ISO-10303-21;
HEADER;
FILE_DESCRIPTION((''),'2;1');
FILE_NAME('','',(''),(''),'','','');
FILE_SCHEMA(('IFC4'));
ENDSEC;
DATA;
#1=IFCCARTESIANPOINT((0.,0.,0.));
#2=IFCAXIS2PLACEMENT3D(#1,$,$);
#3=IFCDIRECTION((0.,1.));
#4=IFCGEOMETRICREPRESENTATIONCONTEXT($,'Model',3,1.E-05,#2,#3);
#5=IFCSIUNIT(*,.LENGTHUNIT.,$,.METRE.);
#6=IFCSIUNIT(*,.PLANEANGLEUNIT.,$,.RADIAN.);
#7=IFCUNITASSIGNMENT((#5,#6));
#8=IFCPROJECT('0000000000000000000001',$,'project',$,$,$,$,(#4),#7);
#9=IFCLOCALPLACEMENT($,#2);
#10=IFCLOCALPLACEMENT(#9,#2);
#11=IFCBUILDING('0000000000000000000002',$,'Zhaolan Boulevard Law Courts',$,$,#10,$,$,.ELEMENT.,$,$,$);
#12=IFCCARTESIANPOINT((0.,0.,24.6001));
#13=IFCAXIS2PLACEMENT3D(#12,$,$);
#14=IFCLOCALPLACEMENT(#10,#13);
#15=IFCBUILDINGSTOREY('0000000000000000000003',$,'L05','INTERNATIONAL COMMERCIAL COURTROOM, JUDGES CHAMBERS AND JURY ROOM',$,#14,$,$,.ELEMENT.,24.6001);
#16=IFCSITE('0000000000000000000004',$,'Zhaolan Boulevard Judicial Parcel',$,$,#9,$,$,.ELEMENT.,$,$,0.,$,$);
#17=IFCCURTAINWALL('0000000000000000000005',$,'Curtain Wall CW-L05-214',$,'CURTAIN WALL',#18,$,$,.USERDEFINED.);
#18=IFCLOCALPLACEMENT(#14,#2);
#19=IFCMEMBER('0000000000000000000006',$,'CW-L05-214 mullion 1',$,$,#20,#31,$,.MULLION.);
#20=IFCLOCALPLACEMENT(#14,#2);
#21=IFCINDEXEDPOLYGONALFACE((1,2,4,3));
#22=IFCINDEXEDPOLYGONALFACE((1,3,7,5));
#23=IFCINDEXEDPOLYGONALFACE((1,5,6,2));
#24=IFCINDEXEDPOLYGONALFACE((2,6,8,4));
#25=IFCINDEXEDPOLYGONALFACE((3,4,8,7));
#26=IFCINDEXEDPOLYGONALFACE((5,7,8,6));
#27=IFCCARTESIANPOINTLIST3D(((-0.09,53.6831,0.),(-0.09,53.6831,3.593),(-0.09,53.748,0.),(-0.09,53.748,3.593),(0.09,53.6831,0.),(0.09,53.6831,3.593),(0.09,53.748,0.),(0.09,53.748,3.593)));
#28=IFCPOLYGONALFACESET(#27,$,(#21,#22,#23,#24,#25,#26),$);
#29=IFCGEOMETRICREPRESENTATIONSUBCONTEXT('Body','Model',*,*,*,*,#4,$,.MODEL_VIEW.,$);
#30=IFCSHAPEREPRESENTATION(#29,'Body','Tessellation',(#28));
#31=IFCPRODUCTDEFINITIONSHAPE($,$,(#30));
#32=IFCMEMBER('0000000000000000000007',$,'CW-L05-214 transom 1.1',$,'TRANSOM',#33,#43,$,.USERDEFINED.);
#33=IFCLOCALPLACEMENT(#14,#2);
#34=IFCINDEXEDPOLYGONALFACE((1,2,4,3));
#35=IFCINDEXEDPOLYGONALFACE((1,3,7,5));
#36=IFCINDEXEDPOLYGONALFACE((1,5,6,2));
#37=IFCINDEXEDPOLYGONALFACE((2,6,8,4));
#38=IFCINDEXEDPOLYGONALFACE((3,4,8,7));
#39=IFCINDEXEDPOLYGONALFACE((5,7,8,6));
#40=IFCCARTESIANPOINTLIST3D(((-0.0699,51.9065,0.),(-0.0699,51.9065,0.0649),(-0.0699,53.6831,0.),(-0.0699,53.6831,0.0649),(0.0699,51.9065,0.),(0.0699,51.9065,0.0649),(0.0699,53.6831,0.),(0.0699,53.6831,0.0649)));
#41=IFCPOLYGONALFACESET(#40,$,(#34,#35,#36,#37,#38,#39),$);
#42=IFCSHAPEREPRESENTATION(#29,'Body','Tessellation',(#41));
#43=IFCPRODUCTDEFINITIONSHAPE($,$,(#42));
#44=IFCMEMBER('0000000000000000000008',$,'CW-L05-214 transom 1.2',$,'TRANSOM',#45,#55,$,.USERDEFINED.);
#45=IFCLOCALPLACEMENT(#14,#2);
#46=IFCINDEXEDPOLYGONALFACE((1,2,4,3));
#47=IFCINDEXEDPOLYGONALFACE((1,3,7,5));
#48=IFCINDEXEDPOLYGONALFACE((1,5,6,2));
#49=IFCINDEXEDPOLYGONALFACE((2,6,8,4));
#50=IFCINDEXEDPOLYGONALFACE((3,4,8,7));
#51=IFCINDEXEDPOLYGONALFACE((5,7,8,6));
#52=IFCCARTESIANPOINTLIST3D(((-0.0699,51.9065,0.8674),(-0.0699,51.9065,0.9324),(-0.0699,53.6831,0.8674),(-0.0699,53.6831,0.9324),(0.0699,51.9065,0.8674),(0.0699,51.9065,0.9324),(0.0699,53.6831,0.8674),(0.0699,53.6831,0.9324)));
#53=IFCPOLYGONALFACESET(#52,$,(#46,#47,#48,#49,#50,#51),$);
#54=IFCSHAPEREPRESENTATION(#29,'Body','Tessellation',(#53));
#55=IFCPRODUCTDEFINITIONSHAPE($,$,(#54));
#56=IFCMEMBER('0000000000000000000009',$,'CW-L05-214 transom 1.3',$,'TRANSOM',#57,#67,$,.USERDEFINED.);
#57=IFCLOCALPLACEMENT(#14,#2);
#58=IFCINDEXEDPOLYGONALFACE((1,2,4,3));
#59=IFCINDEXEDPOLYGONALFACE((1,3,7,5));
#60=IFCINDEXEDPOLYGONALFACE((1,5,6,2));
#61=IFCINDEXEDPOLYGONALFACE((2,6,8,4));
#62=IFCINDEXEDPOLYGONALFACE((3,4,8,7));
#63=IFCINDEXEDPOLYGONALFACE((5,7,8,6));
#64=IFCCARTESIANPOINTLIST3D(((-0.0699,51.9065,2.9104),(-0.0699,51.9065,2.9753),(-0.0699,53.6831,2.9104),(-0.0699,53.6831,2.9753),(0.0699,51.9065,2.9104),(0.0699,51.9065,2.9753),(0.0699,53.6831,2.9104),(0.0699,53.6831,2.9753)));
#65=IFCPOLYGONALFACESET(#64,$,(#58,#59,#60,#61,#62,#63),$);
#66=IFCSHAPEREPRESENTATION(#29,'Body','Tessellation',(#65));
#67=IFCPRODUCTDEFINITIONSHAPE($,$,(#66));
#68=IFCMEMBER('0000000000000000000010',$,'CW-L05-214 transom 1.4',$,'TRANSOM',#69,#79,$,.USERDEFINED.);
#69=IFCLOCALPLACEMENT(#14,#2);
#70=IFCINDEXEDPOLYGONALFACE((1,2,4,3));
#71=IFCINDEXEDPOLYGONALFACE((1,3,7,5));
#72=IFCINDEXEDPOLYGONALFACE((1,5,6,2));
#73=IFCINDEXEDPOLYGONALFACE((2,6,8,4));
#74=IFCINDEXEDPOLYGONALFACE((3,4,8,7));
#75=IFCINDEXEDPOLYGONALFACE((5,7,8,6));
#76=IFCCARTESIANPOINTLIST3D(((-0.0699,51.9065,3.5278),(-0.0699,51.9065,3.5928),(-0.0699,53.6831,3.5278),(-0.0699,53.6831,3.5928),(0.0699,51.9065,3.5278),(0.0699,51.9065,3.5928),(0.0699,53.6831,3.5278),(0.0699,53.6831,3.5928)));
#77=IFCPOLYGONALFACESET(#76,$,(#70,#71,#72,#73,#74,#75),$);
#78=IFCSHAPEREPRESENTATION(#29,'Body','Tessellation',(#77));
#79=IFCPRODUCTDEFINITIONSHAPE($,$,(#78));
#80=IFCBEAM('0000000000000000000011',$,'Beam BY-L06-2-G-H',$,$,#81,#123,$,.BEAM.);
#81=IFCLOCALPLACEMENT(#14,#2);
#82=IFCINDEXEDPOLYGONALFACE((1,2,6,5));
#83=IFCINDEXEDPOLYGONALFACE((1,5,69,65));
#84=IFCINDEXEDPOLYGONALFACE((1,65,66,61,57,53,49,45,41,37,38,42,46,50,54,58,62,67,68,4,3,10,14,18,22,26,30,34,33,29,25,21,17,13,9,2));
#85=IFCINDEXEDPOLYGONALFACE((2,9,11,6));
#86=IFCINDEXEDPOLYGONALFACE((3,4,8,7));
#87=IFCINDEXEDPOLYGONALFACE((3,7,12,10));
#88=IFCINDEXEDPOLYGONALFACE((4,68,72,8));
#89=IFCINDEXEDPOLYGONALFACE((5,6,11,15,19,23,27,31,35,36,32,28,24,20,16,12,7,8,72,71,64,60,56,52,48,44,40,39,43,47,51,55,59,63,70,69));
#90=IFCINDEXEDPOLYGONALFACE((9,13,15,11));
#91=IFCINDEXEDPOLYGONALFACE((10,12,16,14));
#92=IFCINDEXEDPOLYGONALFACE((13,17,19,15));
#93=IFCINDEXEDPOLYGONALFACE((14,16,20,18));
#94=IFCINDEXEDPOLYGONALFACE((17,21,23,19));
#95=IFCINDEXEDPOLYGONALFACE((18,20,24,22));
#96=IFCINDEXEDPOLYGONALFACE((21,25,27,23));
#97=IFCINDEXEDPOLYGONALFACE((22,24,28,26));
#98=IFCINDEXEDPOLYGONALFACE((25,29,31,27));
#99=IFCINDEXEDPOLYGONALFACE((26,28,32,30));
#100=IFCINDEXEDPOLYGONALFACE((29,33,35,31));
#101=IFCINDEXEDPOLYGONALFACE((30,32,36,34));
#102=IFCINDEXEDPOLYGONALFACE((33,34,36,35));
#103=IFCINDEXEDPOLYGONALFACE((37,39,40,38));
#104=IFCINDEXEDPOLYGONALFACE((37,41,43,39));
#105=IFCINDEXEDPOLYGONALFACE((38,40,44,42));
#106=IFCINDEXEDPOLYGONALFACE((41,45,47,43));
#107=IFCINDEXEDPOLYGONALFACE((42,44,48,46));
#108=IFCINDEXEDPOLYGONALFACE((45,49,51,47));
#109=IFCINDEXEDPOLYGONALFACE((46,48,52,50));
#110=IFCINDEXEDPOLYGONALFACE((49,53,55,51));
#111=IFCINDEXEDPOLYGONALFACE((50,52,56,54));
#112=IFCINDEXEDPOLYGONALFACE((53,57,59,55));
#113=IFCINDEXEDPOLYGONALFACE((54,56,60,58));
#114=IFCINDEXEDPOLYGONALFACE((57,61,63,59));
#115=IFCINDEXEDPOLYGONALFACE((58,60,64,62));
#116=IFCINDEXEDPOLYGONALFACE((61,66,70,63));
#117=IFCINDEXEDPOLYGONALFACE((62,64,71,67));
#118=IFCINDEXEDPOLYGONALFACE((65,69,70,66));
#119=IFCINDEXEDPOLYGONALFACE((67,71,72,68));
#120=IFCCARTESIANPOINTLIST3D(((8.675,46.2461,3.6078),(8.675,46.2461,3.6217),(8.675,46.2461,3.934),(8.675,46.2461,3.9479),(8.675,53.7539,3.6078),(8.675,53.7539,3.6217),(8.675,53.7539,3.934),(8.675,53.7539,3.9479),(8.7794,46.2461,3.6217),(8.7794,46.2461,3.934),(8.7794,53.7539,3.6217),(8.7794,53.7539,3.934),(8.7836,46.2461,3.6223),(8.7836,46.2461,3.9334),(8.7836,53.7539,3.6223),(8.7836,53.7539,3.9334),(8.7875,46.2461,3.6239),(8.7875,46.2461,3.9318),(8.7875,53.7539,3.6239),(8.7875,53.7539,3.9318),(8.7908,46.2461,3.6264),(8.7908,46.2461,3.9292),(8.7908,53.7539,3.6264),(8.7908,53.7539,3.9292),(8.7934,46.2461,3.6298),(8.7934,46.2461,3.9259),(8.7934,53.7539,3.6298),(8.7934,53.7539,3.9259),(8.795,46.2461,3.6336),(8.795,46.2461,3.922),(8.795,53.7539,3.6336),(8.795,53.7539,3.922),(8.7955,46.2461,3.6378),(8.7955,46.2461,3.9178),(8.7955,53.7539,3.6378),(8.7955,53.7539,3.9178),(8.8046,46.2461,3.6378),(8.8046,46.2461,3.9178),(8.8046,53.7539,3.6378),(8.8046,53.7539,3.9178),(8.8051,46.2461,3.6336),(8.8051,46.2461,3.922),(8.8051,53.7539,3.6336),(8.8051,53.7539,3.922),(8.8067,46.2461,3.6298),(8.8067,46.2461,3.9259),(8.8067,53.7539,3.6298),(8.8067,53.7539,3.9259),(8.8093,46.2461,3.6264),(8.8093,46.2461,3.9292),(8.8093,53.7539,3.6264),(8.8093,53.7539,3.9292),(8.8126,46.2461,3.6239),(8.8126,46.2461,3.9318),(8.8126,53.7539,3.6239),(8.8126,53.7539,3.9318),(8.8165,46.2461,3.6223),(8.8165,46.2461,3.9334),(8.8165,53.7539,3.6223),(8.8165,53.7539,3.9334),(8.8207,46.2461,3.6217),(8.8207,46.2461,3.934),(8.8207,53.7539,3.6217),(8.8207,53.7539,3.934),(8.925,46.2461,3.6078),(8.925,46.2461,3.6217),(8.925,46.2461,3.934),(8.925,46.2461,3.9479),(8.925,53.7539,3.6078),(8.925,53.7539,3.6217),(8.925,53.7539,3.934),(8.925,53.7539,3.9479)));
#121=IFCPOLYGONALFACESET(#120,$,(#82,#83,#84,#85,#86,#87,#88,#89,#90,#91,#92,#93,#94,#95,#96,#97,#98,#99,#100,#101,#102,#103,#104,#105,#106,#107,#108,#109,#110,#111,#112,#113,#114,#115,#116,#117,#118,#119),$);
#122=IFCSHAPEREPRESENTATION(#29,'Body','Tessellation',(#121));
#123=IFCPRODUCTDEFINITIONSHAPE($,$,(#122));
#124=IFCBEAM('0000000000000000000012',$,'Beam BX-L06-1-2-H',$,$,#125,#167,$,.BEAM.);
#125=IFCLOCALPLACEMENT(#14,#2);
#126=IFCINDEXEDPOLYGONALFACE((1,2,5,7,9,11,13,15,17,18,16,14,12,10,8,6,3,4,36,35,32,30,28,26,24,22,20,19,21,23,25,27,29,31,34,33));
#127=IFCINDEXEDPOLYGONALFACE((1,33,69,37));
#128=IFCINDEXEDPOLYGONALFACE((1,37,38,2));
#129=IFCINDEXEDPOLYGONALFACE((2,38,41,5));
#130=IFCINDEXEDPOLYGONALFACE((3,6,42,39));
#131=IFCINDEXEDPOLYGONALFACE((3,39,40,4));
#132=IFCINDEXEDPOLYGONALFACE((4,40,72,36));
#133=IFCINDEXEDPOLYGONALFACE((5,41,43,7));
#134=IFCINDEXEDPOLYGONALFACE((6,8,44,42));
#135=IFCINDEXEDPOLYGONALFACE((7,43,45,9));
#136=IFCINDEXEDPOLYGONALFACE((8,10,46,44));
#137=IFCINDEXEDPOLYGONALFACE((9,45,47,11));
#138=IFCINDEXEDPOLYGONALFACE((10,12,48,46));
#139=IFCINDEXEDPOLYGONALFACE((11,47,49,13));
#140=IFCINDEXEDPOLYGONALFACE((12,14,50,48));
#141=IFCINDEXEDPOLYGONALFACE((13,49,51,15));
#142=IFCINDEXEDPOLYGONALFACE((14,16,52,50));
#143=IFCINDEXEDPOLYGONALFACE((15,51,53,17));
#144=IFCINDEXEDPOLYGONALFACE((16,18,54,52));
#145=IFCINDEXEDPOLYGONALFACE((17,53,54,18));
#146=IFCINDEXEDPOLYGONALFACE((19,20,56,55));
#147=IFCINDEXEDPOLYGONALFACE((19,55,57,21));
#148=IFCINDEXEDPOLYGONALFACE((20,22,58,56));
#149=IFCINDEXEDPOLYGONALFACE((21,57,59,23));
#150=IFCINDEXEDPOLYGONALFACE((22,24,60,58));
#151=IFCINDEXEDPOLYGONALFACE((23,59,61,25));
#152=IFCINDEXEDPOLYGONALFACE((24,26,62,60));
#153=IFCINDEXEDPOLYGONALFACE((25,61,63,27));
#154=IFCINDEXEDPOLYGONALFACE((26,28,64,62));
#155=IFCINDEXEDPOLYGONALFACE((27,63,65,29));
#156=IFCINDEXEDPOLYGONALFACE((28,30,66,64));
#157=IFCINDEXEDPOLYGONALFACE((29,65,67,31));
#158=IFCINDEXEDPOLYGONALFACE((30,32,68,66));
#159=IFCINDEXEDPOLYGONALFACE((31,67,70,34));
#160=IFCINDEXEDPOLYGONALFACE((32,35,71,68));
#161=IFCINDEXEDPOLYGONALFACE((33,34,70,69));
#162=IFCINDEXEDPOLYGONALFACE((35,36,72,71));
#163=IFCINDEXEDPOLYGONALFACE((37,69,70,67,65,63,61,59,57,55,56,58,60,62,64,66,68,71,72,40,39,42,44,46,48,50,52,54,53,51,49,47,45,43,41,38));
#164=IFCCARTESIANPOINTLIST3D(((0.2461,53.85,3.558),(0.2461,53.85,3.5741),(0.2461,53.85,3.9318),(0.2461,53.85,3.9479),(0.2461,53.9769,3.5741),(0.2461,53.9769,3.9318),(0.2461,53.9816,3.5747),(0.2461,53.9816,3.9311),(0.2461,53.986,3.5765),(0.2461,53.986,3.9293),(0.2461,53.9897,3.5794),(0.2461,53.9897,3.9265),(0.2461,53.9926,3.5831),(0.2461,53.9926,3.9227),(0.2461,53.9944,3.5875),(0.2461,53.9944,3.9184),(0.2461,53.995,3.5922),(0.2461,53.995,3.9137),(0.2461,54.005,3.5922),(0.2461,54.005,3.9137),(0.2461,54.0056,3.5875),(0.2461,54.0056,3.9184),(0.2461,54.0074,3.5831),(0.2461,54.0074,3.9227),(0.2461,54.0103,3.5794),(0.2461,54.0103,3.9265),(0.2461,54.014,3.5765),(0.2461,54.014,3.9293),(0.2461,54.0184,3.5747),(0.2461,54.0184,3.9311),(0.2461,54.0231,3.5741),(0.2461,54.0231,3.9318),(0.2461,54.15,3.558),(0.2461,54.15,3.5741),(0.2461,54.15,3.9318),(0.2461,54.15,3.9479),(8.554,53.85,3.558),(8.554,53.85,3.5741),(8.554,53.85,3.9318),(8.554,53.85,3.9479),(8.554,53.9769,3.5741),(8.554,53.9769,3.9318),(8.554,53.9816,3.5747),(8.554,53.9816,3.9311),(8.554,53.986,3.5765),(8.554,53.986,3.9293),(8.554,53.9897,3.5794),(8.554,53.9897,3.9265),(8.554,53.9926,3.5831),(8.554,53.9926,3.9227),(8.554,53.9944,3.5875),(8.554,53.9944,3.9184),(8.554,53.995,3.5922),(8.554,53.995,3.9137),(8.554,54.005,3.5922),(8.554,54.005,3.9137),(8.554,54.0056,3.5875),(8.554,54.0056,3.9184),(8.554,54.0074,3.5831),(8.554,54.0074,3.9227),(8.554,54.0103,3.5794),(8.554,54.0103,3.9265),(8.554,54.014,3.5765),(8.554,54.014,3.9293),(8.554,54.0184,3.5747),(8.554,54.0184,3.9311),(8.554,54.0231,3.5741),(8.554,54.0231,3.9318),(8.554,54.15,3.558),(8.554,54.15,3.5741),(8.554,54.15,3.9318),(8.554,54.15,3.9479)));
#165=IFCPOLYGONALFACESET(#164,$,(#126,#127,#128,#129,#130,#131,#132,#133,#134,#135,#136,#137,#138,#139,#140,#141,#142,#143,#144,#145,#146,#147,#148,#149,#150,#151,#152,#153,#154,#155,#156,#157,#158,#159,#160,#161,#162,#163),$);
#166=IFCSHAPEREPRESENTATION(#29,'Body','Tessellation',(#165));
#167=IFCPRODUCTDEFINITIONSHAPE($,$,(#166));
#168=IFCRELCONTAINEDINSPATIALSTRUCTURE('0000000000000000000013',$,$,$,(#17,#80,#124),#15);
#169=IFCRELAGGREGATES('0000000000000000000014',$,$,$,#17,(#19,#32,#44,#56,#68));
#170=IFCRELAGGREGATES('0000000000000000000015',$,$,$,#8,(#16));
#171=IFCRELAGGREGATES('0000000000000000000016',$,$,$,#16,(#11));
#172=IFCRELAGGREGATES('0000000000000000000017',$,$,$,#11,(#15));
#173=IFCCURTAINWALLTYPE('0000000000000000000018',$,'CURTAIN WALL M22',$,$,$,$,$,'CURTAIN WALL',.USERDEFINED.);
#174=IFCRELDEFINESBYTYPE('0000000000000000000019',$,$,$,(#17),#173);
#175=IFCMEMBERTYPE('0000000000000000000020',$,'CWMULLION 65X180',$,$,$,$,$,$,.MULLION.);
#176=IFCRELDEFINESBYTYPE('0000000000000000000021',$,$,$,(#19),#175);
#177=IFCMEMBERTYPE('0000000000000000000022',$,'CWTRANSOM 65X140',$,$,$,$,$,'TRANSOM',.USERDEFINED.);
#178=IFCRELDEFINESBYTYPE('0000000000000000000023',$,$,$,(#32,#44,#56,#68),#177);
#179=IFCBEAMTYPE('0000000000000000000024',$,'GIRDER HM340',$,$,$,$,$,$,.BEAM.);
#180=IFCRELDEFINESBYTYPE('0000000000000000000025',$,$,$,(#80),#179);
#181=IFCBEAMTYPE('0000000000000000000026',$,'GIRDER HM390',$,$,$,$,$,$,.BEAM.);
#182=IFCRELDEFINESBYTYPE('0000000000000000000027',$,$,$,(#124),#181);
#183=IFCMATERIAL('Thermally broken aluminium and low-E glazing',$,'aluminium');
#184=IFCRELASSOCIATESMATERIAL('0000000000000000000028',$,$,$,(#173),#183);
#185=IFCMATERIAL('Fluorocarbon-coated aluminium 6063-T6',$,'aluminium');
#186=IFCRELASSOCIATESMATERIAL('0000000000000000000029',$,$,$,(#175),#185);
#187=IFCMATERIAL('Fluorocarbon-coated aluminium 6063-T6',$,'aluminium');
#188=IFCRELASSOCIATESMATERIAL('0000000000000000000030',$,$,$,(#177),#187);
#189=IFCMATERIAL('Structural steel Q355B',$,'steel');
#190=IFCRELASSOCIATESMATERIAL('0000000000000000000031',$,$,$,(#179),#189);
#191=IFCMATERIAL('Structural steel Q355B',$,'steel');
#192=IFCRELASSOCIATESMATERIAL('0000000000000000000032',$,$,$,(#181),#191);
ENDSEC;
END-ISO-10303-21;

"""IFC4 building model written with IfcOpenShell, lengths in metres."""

from ifc_helpers import new_model, si_unit, direction, frame, origin, origin_2d, place, context, subcontext, project, spatial, rectangle, i_section, extrude, material, material_profile, profile_set, type_object, element, aggregate, save


model = new_model("IFC4")

# Units and contexts
model_context = context("Model", 3, precision=1e-05, world=origin(), true_north=direction((0.0, 1.0)))
body_context = subcontext(model_context, "Body", "Model", "MODEL_VIEW")
ifc_project = project(units=[si_unit("LENGTHUNIT", "METRE"), si_unit("PLANEANGLEUNIT", "RADIAN")], contexts=[model_context])

# Site, building, storey
site_placement = place(None, origin())
site = spatial("IfcSite", under=ifc_project, at=site_placement, Name="Zhaolan Boulevard Judicial Parcel", CompositionType="ELEMENT", RefElevation=0.0)
building_placement = place(site_placement, origin())
building = spatial("IfcBuilding", under=site, at=building_placement, Name="Zhaolan Boulevard Law Courts", CompositionType="ELEMENT")
storey_placement = place(building_placement, frame((0.0, 0.0, 24.6001)))
storey = spatial("IfcBuildingStorey", under=building, at=storey_placement, Name="L05", Description="INTERNATIONAL COMMERCIAL COURTROOM, JUDGES CHAMBERS AND JURY ROOM", CompositionType="ELEMENT", Elevation=24.6001)

# Curtain wall, members
ifc_material_1 = material(Name="Thermally broken aluminium and low-E glazing", Category="aluminium")
curtain_wall_type = type_object("IfcCurtainWallType", Name="CURTAIN WALL M22", ElementType="CURTAIN WALL", PredefinedType="USERDEFINED", material=ifc_material_1)
curtain_wall_placement = place(storey_placement, origin())
curtain_wall = element("IfcCurtainWall", 1, at=curtain_wall_placement, inside=storey, type_object=curtain_wall_type, Name="Curtain Wall CW-L05-214", ObjectType="CURTAIN WALL", PredefinedType="USERDEFINED")
ifc_material_2 = material(Name="Fluorocarbon-coated aluminium 6063-T6", Category="aluminium")
ifc_material_profile_1 = material_profile(ifc_material_2, rectangle(XDim=0.1799, YDim=0.0649, at=origin_2d()), Name="AL65x180")
ifc_profile_set_1 = profile_set([ifc_material_profile_1], Name="Fluorocarbon-coated aluminium 6063-T6")
member_type_1 = type_object("IfcMemberType", Name="CWMULLION 65X180", PredefinedType="MULLION", material=ifc_profile_set_1)
member_1_placement = place(storey_placement, frame((0.0, 53.7156, 0.0), z_axis=(0.0, 0.0, 1.0), x_axis=(1.0, 0.0, 0.0)))
member_1 = element("IfcMember", 2, at=member_1_placement, type_object=member_type_1, Name="CW-L05-214 mullion 1", PredefinedType="MULLION", context=body_context, shape_type="SweptSolid", body=[
    extrude(rectangle(XDim=0.1799, YDim=0.0649, at=origin_2d()), origin(), (0.0, 0.0, 1.0), 3.593),
])
ifc_material_3 = material(Name="Fluorocarbon-coated aluminium 6063-T6", Category="aluminium")
ifc_material_profile_2 = material_profile(ifc_material_3, rectangle(XDim=0.1399, YDim=0.0649, at=origin_2d()), Name="AL65x140")
ifc_profile_set_2 = profile_set([ifc_material_profile_2], Name="Fluorocarbon-coated aluminium 6063-T6")
member_type_2 = type_object("IfcMemberType", Name="CWTRANSOM 65X140", ElementType="TRANSOM", PredefinedType="USERDEFINED", material=ifc_profile_set_2)
member_2_placement = place(storey_placement, frame((0.0, 53.6831, 0.0325), z_axis=(0.0, -1.0, 0.0), x_axis=(1.0, 0.0, 0.0)))
member_2 = element("IfcMember", 3, at=member_2_placement, type_object=member_type_2, Name="CW-L05-214 transom 1.1", ObjectType="TRANSOM", PredefinedType="USERDEFINED", context=body_context, shape_type="SweptSolid", body=[
    extrude(rectangle(XDim=0.1399, YDim=0.0649, at=origin_2d()), origin(), (0.0, 0.0, 1.0), 1.7766),
])
member_3_placement = place(storey_placement, frame((0.0, 53.6831, 0.8999), z_axis=(0.0, -1.0, 0.0), x_axis=(1.0, 0.0, 0.0)))
member_3 = element("IfcMember", 4, at=member_3_placement, type_object=member_type_2, Name="CW-L05-214 transom 1.2", ObjectType="TRANSOM", PredefinedType="USERDEFINED", context=body_context, shape_type="SweptSolid", body=[
    extrude(rectangle(XDim=0.1399, YDim=0.0649, at=origin_2d()), origin(), (0.0, 0.0, 1.0), 1.7766),
])
member_4_placement = place(storey_placement, frame((0.0, 53.6831, 2.9429), z_axis=(0.0, -1.0, 0.0), x_axis=(1.0, 0.0, 0.0)))
member_4 = element("IfcMember", 5, at=member_4_placement, type_object=member_type_2, Name="CW-L05-214 transom 1.3", ObjectType="TRANSOM", PredefinedType="USERDEFINED", context=body_context, shape_type="SweptSolid", body=[
    extrude(rectangle(XDim=0.1399, YDim=0.0649, at=origin_2d()), origin(), (0.0, 0.0, 1.0), 1.7766),
])
member_5_placement = place(storey_placement, frame((0.0, 53.6831, 3.5603), z_axis=(0.0, -1.0, 0.0), x_axis=(1.0, 0.0, 0.0)))
member_5 = element("IfcMember", 6, at=member_5_placement, type_object=member_type_2, Name="CW-L05-214 transom 1.4", ObjectType="TRANSOM", PredefinedType="USERDEFINED", context=body_context, shape_type="SweptSolid", body=[
    extrude(rectangle(XDim=0.1399, YDim=0.0649, at=origin_2d()), origin(), (0.0, 0.0, 1.0), 1.7766),
])

# Beams
ifc_material_4 = material(Name="Structural steel Q355B", Category="steel")
ifc_material_profile_3 = material_profile(ifc_material_4, i_section(OverallWidth=0.25, OverallDepth=0.3401, WebThickness=0.009, FlangeThickness=0.0139, FilletRadius=0.0161, at=origin_2d()), Name="HM340x250")
ifc_profile_set_3 = profile_set([ifc_material_profile_3], Name="Structural steel Q355B")
beam_type_1 = type_object("IfcBeamType", Name="GIRDER HM340", PredefinedType="BEAM", material=ifc_profile_set_3)
beam_1_placement = place(storey_placement, frame((8.8, 46.2461, 3.7778), z_axis=(0.0, 1.0, 0.0), x_axis=(-1.0, 0.0, 0.0)))
element("IfcBeam", 7, at=beam_1_placement, inside=storey, type_object=beam_type_1, Name="Beam BY-L06-2-G-H", PredefinedType="BEAM", context=body_context, shape_type="SweptSolid", body=[
    extrude(i_section(OverallWidth=0.25, OverallDepth=0.3401, WebThickness=0.009, FlangeThickness=0.0139, FilletRadius=0.0161, at=origin_2d()), origin(), (0.0, 0.0, 1.0), 7.5078),
])
ifc_material_5 = material(Name="Structural steel Q355B", Category="steel")
ifc_material_profile_4 = material_profile(ifc_material_5, i_section(OverallWidth=0.3, OverallDepth=0.3899, WebThickness=0.01, FlangeThickness=0.0161, FilletRadius=0.0181, at=origin_2d()), Name="HM390x300")
ifc_profile_set_4 = profile_set([ifc_material_profile_4], Name="Structural steel Q355B")
beam_type_2 = type_object("IfcBeamType", Name="GIRDER HM390", PredefinedType="BEAM", material=ifc_profile_set_4)
beam_2_placement = place(storey_placement, frame((0.2461, 54.0, 3.7529), z_axis=(1.0, 0.0, 0.0), x_axis=(0.0, 1.0, 0.0)))
element("IfcBeam", 8, at=beam_2_placement, inside=storey, type_object=beam_type_2, Name="Beam BX-L06-1-2-H", PredefinedType="BEAM", context=body_context, shape_type="SweptSolid", body=[
    extrude(i_section(OverallWidth=0.3, OverallDepth=0.3899, WebThickness=0.01, FlangeThickness=0.0161, FilletRadius=0.0181, at=origin_2d()), origin(), (0.0, 0.0, 1.0), 8.3079),
])

aggregate(curtain_wall, [member_1, member_2, member_3, member_4, member_5])

save(model, "model.ifc")
